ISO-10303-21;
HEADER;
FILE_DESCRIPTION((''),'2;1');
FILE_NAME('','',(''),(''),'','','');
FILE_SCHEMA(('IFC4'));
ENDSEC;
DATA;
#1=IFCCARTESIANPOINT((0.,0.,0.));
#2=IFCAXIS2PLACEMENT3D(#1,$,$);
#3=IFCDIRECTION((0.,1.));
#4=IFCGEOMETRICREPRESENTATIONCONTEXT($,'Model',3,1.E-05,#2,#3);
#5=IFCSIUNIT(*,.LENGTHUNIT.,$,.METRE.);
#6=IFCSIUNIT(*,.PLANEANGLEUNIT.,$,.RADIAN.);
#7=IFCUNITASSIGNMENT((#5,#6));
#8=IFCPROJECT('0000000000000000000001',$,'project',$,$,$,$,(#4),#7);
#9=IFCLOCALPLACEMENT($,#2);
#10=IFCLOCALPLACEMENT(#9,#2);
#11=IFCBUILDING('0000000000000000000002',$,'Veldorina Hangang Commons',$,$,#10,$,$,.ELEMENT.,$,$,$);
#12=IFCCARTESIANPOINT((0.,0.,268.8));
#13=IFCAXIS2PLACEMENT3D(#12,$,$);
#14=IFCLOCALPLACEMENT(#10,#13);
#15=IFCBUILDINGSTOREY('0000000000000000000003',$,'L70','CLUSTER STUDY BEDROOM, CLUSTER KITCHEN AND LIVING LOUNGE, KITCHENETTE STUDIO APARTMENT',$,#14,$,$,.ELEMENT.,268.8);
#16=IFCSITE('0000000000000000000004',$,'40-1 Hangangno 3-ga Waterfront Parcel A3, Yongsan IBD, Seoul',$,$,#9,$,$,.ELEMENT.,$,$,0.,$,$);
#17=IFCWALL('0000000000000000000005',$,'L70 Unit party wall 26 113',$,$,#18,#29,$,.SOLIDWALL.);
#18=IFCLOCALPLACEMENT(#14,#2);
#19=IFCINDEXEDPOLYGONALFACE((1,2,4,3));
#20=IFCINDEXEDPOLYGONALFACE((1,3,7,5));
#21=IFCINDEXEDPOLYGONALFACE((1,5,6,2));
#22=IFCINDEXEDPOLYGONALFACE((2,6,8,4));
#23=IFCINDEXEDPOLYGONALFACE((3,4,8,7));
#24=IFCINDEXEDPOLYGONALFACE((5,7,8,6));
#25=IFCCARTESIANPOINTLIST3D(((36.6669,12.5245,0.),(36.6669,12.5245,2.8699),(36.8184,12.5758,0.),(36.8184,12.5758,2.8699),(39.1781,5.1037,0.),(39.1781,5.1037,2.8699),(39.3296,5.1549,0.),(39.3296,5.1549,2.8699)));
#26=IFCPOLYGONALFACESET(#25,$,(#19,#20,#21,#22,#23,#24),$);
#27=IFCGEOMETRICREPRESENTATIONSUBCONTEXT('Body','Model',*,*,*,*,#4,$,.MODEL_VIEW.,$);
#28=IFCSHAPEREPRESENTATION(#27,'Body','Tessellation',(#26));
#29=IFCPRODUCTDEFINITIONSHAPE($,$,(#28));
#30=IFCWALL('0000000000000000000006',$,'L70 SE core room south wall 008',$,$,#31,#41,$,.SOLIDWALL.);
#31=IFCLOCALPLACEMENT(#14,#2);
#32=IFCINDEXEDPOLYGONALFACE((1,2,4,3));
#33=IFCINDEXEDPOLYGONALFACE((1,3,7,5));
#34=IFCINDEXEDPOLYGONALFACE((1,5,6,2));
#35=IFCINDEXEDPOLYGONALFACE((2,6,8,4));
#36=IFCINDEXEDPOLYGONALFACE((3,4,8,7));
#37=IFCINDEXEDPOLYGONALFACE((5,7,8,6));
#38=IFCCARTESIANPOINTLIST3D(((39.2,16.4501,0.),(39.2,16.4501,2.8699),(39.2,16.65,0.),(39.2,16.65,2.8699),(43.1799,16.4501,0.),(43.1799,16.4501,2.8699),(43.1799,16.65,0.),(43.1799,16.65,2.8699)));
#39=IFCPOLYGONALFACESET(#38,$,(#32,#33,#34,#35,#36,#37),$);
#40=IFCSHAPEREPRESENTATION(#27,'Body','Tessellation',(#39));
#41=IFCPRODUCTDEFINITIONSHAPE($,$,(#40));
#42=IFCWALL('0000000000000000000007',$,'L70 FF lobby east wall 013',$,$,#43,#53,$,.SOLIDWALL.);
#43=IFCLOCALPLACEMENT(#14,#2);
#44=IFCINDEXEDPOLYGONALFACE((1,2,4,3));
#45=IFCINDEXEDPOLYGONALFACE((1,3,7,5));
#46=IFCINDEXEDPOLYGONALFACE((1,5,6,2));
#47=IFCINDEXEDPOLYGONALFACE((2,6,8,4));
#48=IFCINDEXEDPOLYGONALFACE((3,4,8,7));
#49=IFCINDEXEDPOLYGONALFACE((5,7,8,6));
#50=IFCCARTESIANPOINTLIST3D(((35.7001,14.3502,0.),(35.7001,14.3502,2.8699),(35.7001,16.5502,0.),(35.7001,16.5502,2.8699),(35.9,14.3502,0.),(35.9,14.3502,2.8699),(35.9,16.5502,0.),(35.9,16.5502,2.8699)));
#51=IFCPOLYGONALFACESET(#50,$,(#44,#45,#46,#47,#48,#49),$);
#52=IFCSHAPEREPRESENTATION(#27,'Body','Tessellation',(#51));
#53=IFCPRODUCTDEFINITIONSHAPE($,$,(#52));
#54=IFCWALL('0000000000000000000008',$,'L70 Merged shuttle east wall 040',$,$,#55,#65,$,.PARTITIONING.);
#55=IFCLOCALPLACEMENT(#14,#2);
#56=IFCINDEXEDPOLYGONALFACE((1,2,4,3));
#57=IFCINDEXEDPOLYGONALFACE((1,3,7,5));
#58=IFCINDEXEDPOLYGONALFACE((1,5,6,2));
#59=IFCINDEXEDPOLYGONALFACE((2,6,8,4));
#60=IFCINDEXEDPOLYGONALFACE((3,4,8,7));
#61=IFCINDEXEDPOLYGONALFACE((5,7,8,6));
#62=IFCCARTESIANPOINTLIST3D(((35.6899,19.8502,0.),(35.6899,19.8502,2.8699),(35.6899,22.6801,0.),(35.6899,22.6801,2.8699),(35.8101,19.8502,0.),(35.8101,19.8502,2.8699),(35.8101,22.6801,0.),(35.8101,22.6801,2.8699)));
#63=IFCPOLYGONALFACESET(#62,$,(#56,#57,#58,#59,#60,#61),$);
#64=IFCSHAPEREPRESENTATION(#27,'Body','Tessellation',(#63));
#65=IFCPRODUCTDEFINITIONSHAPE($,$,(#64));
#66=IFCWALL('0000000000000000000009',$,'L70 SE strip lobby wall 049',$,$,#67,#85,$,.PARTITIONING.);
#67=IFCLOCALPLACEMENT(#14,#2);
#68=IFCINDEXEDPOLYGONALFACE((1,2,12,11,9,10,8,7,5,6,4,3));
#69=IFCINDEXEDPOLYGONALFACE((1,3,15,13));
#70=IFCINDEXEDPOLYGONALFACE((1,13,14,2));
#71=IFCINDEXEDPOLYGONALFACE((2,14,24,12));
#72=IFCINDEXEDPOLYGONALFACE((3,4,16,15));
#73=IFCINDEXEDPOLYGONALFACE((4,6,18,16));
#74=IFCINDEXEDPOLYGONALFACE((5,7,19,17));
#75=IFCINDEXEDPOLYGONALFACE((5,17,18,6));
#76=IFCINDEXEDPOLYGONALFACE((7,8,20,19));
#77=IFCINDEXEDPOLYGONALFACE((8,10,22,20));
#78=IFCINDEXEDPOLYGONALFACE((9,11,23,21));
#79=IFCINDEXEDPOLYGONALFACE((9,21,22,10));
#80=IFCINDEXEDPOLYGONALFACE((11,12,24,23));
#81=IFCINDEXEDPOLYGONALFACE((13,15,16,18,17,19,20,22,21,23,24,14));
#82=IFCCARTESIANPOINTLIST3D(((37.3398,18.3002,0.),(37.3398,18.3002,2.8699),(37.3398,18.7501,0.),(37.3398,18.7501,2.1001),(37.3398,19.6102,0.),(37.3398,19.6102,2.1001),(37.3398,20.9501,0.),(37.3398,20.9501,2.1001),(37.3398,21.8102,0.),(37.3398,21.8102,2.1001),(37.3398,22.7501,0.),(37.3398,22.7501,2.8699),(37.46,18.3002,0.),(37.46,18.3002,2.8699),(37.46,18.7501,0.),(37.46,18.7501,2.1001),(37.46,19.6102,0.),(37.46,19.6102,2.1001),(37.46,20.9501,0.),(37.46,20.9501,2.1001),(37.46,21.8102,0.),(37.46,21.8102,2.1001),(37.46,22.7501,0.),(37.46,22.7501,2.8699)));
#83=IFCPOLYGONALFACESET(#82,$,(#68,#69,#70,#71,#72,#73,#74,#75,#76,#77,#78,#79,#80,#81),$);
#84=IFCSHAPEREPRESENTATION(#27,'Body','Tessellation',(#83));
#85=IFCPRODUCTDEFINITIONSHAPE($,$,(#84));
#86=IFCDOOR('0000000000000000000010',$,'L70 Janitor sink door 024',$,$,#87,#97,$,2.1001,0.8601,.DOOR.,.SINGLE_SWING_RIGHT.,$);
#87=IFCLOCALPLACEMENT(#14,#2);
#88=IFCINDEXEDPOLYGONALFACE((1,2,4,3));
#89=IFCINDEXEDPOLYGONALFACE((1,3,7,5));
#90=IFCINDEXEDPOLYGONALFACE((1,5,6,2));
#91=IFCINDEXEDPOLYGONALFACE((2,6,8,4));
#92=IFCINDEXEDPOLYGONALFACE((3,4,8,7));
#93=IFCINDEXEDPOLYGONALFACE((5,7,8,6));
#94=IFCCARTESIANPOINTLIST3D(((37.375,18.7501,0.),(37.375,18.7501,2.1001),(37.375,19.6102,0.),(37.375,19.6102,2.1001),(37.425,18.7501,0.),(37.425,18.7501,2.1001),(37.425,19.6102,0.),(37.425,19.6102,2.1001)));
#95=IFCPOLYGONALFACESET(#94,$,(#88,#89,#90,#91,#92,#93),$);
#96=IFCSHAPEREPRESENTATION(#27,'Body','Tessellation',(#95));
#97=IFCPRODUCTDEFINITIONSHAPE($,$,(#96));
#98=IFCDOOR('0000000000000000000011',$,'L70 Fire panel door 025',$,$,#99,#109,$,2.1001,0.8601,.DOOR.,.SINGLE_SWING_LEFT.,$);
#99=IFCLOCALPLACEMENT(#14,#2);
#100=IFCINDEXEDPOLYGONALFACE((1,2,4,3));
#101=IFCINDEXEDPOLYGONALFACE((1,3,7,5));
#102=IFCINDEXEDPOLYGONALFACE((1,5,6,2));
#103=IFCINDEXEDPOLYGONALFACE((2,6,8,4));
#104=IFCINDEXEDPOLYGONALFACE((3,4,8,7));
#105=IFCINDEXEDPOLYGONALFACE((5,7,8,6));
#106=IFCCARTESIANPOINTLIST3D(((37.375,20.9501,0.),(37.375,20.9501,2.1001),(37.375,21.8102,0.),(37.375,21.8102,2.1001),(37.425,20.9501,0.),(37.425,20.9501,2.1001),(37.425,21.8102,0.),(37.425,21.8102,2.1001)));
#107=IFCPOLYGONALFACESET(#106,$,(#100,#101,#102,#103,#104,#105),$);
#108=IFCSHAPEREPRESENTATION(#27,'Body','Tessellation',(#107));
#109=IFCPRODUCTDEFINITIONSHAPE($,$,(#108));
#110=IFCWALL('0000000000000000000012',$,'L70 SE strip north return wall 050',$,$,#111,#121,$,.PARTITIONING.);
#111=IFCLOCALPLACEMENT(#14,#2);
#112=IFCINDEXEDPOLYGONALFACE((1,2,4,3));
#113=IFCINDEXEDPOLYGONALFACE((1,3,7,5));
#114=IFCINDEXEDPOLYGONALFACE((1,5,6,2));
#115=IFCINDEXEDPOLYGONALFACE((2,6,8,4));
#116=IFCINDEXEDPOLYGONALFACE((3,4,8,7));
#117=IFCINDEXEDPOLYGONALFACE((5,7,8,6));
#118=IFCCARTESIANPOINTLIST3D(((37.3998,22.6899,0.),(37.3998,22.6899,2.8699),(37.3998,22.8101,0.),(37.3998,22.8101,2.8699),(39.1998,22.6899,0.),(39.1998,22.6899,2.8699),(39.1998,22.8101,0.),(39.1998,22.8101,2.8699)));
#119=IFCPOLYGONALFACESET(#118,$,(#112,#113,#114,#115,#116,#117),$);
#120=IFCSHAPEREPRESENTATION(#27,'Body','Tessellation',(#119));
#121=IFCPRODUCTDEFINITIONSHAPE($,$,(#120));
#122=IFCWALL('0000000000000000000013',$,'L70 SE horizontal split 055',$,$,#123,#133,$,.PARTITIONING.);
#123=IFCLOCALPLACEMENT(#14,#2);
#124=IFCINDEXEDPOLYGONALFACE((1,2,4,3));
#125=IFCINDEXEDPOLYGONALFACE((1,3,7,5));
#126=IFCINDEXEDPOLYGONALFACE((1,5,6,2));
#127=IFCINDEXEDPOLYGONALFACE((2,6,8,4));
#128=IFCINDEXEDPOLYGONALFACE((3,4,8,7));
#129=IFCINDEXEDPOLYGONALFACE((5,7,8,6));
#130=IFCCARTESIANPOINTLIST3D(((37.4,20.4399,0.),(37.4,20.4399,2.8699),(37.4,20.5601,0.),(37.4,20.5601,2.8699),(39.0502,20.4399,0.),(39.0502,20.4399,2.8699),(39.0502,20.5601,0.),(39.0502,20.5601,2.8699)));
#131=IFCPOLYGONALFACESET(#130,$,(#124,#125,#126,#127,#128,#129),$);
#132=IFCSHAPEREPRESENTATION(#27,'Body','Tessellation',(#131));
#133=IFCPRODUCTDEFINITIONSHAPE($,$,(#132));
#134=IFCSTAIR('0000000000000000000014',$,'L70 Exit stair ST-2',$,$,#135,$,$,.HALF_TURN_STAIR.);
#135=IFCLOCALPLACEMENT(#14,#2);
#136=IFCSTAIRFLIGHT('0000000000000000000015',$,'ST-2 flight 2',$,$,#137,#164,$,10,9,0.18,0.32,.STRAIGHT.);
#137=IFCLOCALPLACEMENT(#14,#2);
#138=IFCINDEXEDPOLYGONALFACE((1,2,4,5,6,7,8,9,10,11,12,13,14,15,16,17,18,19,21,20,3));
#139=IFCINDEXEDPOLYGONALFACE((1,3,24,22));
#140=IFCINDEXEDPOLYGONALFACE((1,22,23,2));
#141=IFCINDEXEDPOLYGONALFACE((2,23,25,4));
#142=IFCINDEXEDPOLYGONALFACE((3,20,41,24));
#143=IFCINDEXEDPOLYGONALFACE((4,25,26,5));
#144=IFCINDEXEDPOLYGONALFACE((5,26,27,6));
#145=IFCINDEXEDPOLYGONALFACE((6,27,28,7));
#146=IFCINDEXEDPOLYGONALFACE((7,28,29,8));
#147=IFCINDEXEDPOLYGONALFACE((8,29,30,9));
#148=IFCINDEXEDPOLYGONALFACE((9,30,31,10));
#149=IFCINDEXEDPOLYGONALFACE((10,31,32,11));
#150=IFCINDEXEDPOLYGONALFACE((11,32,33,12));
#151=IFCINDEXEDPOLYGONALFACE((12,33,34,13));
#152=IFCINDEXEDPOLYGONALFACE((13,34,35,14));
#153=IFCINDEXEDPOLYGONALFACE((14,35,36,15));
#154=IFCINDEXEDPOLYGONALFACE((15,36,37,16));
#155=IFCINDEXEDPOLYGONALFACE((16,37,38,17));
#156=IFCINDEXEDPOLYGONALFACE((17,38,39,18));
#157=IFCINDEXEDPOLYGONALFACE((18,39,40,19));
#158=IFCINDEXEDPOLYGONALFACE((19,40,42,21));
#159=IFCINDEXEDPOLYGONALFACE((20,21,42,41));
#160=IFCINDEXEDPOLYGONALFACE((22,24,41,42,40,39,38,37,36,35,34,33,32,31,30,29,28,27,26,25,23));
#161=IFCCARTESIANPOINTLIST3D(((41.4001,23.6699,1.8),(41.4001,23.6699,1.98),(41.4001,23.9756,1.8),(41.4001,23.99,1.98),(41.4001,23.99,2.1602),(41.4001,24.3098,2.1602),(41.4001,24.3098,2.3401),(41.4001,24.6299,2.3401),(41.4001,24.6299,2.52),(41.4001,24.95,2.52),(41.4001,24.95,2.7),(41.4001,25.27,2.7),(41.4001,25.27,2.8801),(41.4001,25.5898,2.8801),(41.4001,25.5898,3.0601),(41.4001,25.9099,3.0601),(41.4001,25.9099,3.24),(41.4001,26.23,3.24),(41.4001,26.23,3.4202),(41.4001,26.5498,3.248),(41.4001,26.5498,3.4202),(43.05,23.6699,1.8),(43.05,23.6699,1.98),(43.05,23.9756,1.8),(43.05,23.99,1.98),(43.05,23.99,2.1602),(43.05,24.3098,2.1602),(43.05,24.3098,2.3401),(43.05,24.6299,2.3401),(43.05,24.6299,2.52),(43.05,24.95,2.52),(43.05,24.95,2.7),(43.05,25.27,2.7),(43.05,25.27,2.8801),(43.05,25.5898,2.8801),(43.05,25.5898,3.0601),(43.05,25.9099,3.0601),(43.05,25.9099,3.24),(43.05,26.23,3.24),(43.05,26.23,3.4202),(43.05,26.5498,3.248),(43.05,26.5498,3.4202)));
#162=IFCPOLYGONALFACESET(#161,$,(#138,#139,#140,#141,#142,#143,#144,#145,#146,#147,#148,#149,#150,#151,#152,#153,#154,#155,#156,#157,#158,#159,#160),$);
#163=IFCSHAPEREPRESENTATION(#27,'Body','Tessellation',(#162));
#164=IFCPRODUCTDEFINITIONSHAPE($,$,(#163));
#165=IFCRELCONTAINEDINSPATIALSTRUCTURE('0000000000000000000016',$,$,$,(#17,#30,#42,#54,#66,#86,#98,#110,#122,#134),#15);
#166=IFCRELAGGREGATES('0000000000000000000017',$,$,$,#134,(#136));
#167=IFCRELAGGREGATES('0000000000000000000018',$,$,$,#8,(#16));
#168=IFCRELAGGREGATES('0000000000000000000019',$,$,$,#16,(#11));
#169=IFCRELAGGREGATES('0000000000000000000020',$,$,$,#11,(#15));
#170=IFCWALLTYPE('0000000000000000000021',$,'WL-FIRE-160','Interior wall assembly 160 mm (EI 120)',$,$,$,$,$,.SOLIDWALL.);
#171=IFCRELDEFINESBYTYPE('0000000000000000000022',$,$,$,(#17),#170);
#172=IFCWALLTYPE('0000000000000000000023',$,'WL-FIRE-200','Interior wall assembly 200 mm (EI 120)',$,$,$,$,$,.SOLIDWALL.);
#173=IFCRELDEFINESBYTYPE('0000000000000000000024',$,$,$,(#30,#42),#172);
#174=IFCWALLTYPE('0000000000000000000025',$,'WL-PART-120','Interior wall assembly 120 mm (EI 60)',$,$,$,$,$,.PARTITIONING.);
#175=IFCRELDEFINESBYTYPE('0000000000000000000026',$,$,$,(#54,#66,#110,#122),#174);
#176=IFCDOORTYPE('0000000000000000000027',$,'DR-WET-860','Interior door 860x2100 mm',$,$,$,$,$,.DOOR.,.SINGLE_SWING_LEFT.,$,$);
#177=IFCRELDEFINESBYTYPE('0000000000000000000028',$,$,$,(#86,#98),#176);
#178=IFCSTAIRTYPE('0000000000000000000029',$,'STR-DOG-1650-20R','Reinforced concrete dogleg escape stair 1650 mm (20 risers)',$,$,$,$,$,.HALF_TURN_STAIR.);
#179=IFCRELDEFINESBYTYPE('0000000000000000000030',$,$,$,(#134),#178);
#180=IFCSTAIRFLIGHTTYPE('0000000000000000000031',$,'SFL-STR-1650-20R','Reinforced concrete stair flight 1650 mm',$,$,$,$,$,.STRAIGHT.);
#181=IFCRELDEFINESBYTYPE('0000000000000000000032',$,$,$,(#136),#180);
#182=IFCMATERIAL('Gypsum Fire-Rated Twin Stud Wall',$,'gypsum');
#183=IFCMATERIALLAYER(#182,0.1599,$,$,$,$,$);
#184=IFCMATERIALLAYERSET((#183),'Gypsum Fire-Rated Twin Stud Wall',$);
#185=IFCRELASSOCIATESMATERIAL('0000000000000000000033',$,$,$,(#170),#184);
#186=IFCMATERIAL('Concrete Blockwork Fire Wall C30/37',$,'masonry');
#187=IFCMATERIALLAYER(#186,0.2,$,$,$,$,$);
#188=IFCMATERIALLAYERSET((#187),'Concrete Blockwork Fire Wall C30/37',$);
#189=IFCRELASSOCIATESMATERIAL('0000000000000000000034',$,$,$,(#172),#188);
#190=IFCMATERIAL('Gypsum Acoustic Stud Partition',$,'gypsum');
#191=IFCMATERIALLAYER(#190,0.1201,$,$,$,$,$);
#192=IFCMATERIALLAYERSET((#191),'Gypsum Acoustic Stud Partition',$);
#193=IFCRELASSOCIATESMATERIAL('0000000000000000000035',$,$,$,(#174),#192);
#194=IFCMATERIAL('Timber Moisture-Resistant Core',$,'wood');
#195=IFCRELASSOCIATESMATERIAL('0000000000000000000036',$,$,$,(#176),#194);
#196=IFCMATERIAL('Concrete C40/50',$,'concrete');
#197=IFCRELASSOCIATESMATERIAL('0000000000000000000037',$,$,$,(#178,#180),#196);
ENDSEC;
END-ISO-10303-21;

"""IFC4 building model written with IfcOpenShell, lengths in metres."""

from ifc_helpers import new_model, si_unit, direction, frame, frame_2d, origin, place, context, subcontext, project, spatial, polyline, rectangle, outline, extrude, material, layer, layer_set, type_object, element, fill, aggregate, save


model = new_model("IFC4")

# Units and contexts
model_context = context("Model", 3, precision=1e-05, world=origin(), true_north=direction((0.0, 1.0)))
body_context = subcontext(model_context, "Body", "Model", "MODEL_VIEW")
ifc_project = project(units=[si_unit("LENGTHUNIT", "METRE"), si_unit("PLANEANGLEUNIT", "RADIAN")], contexts=[model_context])

# Site, building, storey
site_placement = place(None, origin())
site = spatial("IfcSite", under=ifc_project, at=site_placement, Name="40-1 Hangangno 3-ga Waterfront Parcel A3, Yongsan IBD, Seoul", CompositionType="ELEMENT", RefElevation=0.0)
building_placement = place(site_placement, origin())
building = spatial("IfcBuilding", under=site, at=building_placement, Name="Veldorina Hangang Commons", CompositionType="ELEMENT")
storey_placement = place(building_placement, frame((0.0, 0.0, 268.8)))
storey = spatial("IfcBuildingStorey", under=building, at=storey_placement, Name="L70", Description="CLUSTER STUDY BEDROOM, CLUSTER KITCHEN AND LIVING LOUNGE, KITCHENETTE STUDIO APARTMENT", CompositionType="ELEMENT", Elevation=268.8)

# Shared definitions
ifc_material_1 = material(Name="Gypsum Fire-Rated Twin Stud Wall", Category="gypsum")
ifc_layer_1 = layer(ifc_material_1, 0.1599)
ifc_layer_set_1 = layer_set([ifc_layer_1], Name="Gypsum Fire-Rated Twin Stud Wall")
wall_type_1 = type_object("IfcWallType", Name="WL-FIRE-160", Description="Interior wall assembly 160 mm (EI 120)", PredefinedType="SOLIDWALL", material=ifc_layer_set_1)

# Walls
wall_1_placement = place(storey_placement, frame((36.7427, 12.55, 0.0), z_axis=(0.0, 0.0, 1.0), x_axis=(0.320544, -0.947234, 0.0)))
element("IfcWall", 1, at=wall_1_placement, inside=storey, type_object=wall_type_1, Name="L70 Unit party wall 26 113", PredefinedType="SOLIDWALL", context=body_context, shape_type="SweptSolid", body=[
    extrude(rectangle(XDim=7.8342, YDim=0.1599, at=frame_2d((3.917, 0.0))), origin(), (0.0, 0.0, 1.0), 2.8699),
])
ifc_material_2 = material(Name="Concrete Blockwork Fire Wall C30/37", Category="masonry")
ifc_layer_2 = layer(ifc_material_2, 0.2)
ifc_layer_set_2 = layer_set([ifc_layer_2], Name="Concrete Blockwork Fire Wall C30/37")
wall_type_2 = type_object("IfcWallType", Name="WL-FIRE-200", Description="Interior wall assembly 200 mm (EI 120)", PredefinedType="SOLIDWALL", material=ifc_layer_set_2)
wall_2_placement = place(storey_placement, frame((39.2, 16.55, 0.0), z_axis=(0.0, 0.0, 1.0), x_axis=(1.0, 0.0, 0.0)))
element("IfcWall", 2, at=wall_2_placement, inside=storey, type_object=wall_type_2, Name="L70 SE core room south wall 008", PredefinedType="SOLIDWALL", context=body_context, shape_type="SweptSolid", body=[
    extrude(rectangle(XDim=3.98, YDim=0.2, at=frame_2d((1.99, 0.0))), origin(), (0.0, 0.0, 1.0), 2.8699),
])
wall_3_placement = place(storey_placement, frame((35.8, 14.3501, 0.0), z_axis=(0.0, 0.0, 1.0), x_axis=(0.0, 1.0, 0.0)))
element("IfcWall", 3, at=wall_3_placement, inside=storey, type_object=wall_type_2, Name="L70 FF lobby east wall 013", PredefinedType="SOLIDWALL", context=body_context, shape_type="SweptSolid", body=[
    extrude(rectangle(XDim=2.2, YDim=0.2, at=frame_2d((1.1001, 0.0))), origin(), (0.0, 0.0, 1.0), 2.8699),
])
ifc_material_3 = material(Name="Gypsum Acoustic Stud Partition", Category="gypsum")
ifc_layer_3 = layer(ifc_material_3, 0.1201)
ifc_layer_set_3 = layer_set([ifc_layer_3], Name="Gypsum Acoustic Stud Partition")
wall_type_3 = type_object("IfcWallType", Name="WL-PART-120", Description="Interior wall assembly 120 mm (EI 60)", PredefinedType="PARTITIONING", material=ifc_layer_set_3)
wall_4_placement = place(storey_placement, frame((35.75, 19.8501, 0.0), z_axis=(0.0, 0.0, 1.0), x_axis=(0.0, 1.0, 0.0)))
element("IfcWall", 4, at=wall_4_placement, inside=storey, type_object=wall_type_3, Name="L70 Merged shuttle east wall 040", PredefinedType="PARTITIONING", context=body_context, shape_type="SweptSolid", body=[
    extrude(rectangle(XDim=2.8298, YDim=0.1201, at=frame_2d((1.415, 0.0))), origin(), (0.0, 0.0, 1.0), 2.8699),
])

# Wall, openings, doors
wall_5_placement = place(storey_placement, frame((37.3999, 18.3, 0.0), z_axis=(0.0, 0.0, 1.0), x_axis=(0.0, 1.0, 0.0)))
wall_5 = element("IfcWall", 5, at=wall_5_placement, inside=storey, type_object=wall_type_3, Name="L70 SE strip lobby wall 049", PredefinedType="PARTITIONING", context=body_context, shape_type="SweptSolid", body=[
    extrude(rectangle(XDim=4.45, YDim=0.1201, at=frame_2d((2.2251, 0.0))), origin(), (0.0, 0.0, 1.0), 2.8699),
])
opening_1_placement = place(wall_5_placement, frame((0.45, 0.0, 0.0)))
opening_1 = element("IfcOpeningElement", 6, at=opening_1_placement, cuts=wall_5, PredefinedType="OPENING", context=body_context, shape_type="SweptSolid", body=[
    extrude(rectangle(XDim=0.8601, YDim=2.1001, at=frame_2d((0.4302, 1.05))), frame((0.0, 0.0701, 0.0), z_axis=(0.0, -1.0, 0.0), x_axis=(1.0, 0.0, 0.0)), (0.0, 0.0, 1.0), 0.1401),
])
opening_2_placement = place(wall_5_placement, frame((2.6499, 0.0, 0.0)))
opening_2 = element("IfcOpeningElement", 7, at=opening_2_placement, cuts=wall_5, PredefinedType="OPENING", context=body_context, shape_type="SweptSolid", body=[
    extrude(rectangle(XDim=0.8601, YDim=2.1001, at=frame_2d((0.4302, 1.05))), frame((0.0, 0.0701, 0.0), z_axis=(0.0, -1.0, 0.0), x_axis=(1.0, 0.0, 0.0)), (0.0, 0.0, 1.0), 0.1401),
])
ifc_material_4 = material(Name="Timber Moisture-Resistant Core", Category="wood")
door_type_1 = type_object("IfcDoorType", Name="DR-WET-860", Description="Interior door 860x2100 mm", OperationType="SINGLE_SWING_LEFT", PredefinedType="DOOR", material=ifc_material_4)
door_1_placement = place(opening_1_placement, origin())
door_1 = element("IfcDoor", 8, at=door_1_placement, inside=storey, type_object=door_type_1, Name="L70 Janitor sink door 024", OperationType="SINGLE_SWING_RIGHT", OverallHeight=2.1001, OverallWidth=0.8601, PredefinedType="DOOR", context=body_context, shape_type="SweptSolid", body=[
    extrude(rectangle(XDim=0.8601, YDim=2.1001, at=frame_2d((0.4302, 1.05))), frame((0.0, 0.0249, 0.0), z_axis=(0.0, -1.0, 0.0), x_axis=(1.0, 0.0, 0.0)), (0.0, 0.0, 1.0), 0.05),
])
fill(opening_1, door_1)
door_2_placement = place(opening_2_placement, origin())
door_2 = element("IfcDoor", 9, at=door_2_placement, inside=storey, type_object=door_type_1, Name="L70 Fire panel door 025", OperationType="SINGLE_SWING_LEFT", OverallHeight=2.1001, OverallWidth=0.8601, PredefinedType="DOOR", context=body_context, shape_type="SweptSolid", body=[
    extrude(rectangle(XDim=0.8601, YDim=2.1001, at=frame_2d((0.4302, 1.05))), frame((0.0, 0.0249, 0.0), z_axis=(0.0, -1.0, 0.0), x_axis=(1.0, 0.0, 0.0)), (0.0, 0.0, 1.0), 0.05),
])
fill(opening_2, door_2)

# Walls
wall_6_placement = place(storey_placement, frame((37.3999, 22.75, 0.0), z_axis=(0.0, 0.0, 1.0), x_axis=(1.0, 0.0, 0.0)))
element("IfcWall", 10, at=wall_6_placement, inside=storey, type_object=wall_type_3, Name="L70 SE strip north return wall 050", PredefinedType="PARTITIONING", context=body_context, shape_type="SweptSolid", body=[
    extrude(rectangle(XDim=1.8, YDim=0.1201, at=frame_2d((0.8999, 0.0))), origin(), (0.0, 0.0, 1.0), 2.8699),
])
wall_7_placement = place(storey_placement, frame((37.3999, 20.5, 0.0), z_axis=(0.0, 0.0, 1.0), x_axis=(1.0, 0.0, 0.0)))
element("IfcWall", 11, at=wall_7_placement, inside=storey, type_object=wall_type_3, Name="L70 SE horizontal split 055", PredefinedType="PARTITIONING", context=body_context, shape_type="SweptSolid", body=[
    extrude(rectangle(XDim=1.6501, YDim=0.1201, at=frame_2d((0.8252, 0.0))), origin(), (0.0, 0.0, 1.0), 2.8699),
])

# Stair, stair flight
ifc_material_5 = material(Name="Concrete C40/50", Category="concrete")
stair_type = type_object("IfcStairType", Name="STR-DOG-1650-20R", Description="Reinforced concrete dogleg escape stair 1650 mm (20 risers)", PredefinedType="HALF_TURN_STAIR", material=ifc_material_5)
stair_placement = place(storey_placement, origin())
stair = element("IfcStair", 12, at=stair_placement, inside=storey, type_object=stair_type, Name="L70 Exit stair ST-2", PredefinedType="HALF_TURN_STAIR")
stair_flight_type = type_object("IfcStairFlightType", Name="SFL-STR-1650-20R", Description="Reinforced concrete stair flight 1650 mm", PredefinedType="STRAIGHT", material=ifc_material_5)
stair_flight_placement = place(storey_placement, frame((42.2251, 23.6699, 1.8), z_axis=(0.0, 0.0, 1.0), x_axis=(0.0, 1.0, 0.0)))
stair_flight = element("IfcStairFlight", 13, at=stair_flight_placement, type_object=stair_flight_type, Name="ST-2 flight 2", NumberOfRisers=10, NumberOfTreads=9, PredefinedType="STRAIGHT", RiserHeight=0.18, TreadLength=0.32, context=body_context, shape_type="SweptSolid", body=[
    extrude(outline(polyline([(0.0, 0.0), (0.0, 0.1799), (0.3201, 0.1799), (0.3201, 0.3601), (0.6399, 0.3601), (0.6399, 0.54), (0.96, 0.54), (0.96, 0.72), (1.28, 0.72), (1.28, 0.8999), (1.6001, 0.8999), (1.6001, 1.0801), (1.9199, 1.0801), (1.9199, 1.26), (2.24, 1.26), (2.24, 1.4399), (2.5601, 1.4399), (2.5601, 1.6201), (2.8799, 1.6201), (2.8799, 1.8), (2.8799, 1.448), (0.3057, 0.0), (0.0, 0.0)])), frame((0.0, 0.825, 0.0), z_axis=(0.0, -1.0, 0.0), x_axis=(1.0, 0.0, 0.0)), (0.0, 0.0, 1.0), 1.6499),
])
aggregate(stair, [stair_flight])

save(model, "model.ifc")
